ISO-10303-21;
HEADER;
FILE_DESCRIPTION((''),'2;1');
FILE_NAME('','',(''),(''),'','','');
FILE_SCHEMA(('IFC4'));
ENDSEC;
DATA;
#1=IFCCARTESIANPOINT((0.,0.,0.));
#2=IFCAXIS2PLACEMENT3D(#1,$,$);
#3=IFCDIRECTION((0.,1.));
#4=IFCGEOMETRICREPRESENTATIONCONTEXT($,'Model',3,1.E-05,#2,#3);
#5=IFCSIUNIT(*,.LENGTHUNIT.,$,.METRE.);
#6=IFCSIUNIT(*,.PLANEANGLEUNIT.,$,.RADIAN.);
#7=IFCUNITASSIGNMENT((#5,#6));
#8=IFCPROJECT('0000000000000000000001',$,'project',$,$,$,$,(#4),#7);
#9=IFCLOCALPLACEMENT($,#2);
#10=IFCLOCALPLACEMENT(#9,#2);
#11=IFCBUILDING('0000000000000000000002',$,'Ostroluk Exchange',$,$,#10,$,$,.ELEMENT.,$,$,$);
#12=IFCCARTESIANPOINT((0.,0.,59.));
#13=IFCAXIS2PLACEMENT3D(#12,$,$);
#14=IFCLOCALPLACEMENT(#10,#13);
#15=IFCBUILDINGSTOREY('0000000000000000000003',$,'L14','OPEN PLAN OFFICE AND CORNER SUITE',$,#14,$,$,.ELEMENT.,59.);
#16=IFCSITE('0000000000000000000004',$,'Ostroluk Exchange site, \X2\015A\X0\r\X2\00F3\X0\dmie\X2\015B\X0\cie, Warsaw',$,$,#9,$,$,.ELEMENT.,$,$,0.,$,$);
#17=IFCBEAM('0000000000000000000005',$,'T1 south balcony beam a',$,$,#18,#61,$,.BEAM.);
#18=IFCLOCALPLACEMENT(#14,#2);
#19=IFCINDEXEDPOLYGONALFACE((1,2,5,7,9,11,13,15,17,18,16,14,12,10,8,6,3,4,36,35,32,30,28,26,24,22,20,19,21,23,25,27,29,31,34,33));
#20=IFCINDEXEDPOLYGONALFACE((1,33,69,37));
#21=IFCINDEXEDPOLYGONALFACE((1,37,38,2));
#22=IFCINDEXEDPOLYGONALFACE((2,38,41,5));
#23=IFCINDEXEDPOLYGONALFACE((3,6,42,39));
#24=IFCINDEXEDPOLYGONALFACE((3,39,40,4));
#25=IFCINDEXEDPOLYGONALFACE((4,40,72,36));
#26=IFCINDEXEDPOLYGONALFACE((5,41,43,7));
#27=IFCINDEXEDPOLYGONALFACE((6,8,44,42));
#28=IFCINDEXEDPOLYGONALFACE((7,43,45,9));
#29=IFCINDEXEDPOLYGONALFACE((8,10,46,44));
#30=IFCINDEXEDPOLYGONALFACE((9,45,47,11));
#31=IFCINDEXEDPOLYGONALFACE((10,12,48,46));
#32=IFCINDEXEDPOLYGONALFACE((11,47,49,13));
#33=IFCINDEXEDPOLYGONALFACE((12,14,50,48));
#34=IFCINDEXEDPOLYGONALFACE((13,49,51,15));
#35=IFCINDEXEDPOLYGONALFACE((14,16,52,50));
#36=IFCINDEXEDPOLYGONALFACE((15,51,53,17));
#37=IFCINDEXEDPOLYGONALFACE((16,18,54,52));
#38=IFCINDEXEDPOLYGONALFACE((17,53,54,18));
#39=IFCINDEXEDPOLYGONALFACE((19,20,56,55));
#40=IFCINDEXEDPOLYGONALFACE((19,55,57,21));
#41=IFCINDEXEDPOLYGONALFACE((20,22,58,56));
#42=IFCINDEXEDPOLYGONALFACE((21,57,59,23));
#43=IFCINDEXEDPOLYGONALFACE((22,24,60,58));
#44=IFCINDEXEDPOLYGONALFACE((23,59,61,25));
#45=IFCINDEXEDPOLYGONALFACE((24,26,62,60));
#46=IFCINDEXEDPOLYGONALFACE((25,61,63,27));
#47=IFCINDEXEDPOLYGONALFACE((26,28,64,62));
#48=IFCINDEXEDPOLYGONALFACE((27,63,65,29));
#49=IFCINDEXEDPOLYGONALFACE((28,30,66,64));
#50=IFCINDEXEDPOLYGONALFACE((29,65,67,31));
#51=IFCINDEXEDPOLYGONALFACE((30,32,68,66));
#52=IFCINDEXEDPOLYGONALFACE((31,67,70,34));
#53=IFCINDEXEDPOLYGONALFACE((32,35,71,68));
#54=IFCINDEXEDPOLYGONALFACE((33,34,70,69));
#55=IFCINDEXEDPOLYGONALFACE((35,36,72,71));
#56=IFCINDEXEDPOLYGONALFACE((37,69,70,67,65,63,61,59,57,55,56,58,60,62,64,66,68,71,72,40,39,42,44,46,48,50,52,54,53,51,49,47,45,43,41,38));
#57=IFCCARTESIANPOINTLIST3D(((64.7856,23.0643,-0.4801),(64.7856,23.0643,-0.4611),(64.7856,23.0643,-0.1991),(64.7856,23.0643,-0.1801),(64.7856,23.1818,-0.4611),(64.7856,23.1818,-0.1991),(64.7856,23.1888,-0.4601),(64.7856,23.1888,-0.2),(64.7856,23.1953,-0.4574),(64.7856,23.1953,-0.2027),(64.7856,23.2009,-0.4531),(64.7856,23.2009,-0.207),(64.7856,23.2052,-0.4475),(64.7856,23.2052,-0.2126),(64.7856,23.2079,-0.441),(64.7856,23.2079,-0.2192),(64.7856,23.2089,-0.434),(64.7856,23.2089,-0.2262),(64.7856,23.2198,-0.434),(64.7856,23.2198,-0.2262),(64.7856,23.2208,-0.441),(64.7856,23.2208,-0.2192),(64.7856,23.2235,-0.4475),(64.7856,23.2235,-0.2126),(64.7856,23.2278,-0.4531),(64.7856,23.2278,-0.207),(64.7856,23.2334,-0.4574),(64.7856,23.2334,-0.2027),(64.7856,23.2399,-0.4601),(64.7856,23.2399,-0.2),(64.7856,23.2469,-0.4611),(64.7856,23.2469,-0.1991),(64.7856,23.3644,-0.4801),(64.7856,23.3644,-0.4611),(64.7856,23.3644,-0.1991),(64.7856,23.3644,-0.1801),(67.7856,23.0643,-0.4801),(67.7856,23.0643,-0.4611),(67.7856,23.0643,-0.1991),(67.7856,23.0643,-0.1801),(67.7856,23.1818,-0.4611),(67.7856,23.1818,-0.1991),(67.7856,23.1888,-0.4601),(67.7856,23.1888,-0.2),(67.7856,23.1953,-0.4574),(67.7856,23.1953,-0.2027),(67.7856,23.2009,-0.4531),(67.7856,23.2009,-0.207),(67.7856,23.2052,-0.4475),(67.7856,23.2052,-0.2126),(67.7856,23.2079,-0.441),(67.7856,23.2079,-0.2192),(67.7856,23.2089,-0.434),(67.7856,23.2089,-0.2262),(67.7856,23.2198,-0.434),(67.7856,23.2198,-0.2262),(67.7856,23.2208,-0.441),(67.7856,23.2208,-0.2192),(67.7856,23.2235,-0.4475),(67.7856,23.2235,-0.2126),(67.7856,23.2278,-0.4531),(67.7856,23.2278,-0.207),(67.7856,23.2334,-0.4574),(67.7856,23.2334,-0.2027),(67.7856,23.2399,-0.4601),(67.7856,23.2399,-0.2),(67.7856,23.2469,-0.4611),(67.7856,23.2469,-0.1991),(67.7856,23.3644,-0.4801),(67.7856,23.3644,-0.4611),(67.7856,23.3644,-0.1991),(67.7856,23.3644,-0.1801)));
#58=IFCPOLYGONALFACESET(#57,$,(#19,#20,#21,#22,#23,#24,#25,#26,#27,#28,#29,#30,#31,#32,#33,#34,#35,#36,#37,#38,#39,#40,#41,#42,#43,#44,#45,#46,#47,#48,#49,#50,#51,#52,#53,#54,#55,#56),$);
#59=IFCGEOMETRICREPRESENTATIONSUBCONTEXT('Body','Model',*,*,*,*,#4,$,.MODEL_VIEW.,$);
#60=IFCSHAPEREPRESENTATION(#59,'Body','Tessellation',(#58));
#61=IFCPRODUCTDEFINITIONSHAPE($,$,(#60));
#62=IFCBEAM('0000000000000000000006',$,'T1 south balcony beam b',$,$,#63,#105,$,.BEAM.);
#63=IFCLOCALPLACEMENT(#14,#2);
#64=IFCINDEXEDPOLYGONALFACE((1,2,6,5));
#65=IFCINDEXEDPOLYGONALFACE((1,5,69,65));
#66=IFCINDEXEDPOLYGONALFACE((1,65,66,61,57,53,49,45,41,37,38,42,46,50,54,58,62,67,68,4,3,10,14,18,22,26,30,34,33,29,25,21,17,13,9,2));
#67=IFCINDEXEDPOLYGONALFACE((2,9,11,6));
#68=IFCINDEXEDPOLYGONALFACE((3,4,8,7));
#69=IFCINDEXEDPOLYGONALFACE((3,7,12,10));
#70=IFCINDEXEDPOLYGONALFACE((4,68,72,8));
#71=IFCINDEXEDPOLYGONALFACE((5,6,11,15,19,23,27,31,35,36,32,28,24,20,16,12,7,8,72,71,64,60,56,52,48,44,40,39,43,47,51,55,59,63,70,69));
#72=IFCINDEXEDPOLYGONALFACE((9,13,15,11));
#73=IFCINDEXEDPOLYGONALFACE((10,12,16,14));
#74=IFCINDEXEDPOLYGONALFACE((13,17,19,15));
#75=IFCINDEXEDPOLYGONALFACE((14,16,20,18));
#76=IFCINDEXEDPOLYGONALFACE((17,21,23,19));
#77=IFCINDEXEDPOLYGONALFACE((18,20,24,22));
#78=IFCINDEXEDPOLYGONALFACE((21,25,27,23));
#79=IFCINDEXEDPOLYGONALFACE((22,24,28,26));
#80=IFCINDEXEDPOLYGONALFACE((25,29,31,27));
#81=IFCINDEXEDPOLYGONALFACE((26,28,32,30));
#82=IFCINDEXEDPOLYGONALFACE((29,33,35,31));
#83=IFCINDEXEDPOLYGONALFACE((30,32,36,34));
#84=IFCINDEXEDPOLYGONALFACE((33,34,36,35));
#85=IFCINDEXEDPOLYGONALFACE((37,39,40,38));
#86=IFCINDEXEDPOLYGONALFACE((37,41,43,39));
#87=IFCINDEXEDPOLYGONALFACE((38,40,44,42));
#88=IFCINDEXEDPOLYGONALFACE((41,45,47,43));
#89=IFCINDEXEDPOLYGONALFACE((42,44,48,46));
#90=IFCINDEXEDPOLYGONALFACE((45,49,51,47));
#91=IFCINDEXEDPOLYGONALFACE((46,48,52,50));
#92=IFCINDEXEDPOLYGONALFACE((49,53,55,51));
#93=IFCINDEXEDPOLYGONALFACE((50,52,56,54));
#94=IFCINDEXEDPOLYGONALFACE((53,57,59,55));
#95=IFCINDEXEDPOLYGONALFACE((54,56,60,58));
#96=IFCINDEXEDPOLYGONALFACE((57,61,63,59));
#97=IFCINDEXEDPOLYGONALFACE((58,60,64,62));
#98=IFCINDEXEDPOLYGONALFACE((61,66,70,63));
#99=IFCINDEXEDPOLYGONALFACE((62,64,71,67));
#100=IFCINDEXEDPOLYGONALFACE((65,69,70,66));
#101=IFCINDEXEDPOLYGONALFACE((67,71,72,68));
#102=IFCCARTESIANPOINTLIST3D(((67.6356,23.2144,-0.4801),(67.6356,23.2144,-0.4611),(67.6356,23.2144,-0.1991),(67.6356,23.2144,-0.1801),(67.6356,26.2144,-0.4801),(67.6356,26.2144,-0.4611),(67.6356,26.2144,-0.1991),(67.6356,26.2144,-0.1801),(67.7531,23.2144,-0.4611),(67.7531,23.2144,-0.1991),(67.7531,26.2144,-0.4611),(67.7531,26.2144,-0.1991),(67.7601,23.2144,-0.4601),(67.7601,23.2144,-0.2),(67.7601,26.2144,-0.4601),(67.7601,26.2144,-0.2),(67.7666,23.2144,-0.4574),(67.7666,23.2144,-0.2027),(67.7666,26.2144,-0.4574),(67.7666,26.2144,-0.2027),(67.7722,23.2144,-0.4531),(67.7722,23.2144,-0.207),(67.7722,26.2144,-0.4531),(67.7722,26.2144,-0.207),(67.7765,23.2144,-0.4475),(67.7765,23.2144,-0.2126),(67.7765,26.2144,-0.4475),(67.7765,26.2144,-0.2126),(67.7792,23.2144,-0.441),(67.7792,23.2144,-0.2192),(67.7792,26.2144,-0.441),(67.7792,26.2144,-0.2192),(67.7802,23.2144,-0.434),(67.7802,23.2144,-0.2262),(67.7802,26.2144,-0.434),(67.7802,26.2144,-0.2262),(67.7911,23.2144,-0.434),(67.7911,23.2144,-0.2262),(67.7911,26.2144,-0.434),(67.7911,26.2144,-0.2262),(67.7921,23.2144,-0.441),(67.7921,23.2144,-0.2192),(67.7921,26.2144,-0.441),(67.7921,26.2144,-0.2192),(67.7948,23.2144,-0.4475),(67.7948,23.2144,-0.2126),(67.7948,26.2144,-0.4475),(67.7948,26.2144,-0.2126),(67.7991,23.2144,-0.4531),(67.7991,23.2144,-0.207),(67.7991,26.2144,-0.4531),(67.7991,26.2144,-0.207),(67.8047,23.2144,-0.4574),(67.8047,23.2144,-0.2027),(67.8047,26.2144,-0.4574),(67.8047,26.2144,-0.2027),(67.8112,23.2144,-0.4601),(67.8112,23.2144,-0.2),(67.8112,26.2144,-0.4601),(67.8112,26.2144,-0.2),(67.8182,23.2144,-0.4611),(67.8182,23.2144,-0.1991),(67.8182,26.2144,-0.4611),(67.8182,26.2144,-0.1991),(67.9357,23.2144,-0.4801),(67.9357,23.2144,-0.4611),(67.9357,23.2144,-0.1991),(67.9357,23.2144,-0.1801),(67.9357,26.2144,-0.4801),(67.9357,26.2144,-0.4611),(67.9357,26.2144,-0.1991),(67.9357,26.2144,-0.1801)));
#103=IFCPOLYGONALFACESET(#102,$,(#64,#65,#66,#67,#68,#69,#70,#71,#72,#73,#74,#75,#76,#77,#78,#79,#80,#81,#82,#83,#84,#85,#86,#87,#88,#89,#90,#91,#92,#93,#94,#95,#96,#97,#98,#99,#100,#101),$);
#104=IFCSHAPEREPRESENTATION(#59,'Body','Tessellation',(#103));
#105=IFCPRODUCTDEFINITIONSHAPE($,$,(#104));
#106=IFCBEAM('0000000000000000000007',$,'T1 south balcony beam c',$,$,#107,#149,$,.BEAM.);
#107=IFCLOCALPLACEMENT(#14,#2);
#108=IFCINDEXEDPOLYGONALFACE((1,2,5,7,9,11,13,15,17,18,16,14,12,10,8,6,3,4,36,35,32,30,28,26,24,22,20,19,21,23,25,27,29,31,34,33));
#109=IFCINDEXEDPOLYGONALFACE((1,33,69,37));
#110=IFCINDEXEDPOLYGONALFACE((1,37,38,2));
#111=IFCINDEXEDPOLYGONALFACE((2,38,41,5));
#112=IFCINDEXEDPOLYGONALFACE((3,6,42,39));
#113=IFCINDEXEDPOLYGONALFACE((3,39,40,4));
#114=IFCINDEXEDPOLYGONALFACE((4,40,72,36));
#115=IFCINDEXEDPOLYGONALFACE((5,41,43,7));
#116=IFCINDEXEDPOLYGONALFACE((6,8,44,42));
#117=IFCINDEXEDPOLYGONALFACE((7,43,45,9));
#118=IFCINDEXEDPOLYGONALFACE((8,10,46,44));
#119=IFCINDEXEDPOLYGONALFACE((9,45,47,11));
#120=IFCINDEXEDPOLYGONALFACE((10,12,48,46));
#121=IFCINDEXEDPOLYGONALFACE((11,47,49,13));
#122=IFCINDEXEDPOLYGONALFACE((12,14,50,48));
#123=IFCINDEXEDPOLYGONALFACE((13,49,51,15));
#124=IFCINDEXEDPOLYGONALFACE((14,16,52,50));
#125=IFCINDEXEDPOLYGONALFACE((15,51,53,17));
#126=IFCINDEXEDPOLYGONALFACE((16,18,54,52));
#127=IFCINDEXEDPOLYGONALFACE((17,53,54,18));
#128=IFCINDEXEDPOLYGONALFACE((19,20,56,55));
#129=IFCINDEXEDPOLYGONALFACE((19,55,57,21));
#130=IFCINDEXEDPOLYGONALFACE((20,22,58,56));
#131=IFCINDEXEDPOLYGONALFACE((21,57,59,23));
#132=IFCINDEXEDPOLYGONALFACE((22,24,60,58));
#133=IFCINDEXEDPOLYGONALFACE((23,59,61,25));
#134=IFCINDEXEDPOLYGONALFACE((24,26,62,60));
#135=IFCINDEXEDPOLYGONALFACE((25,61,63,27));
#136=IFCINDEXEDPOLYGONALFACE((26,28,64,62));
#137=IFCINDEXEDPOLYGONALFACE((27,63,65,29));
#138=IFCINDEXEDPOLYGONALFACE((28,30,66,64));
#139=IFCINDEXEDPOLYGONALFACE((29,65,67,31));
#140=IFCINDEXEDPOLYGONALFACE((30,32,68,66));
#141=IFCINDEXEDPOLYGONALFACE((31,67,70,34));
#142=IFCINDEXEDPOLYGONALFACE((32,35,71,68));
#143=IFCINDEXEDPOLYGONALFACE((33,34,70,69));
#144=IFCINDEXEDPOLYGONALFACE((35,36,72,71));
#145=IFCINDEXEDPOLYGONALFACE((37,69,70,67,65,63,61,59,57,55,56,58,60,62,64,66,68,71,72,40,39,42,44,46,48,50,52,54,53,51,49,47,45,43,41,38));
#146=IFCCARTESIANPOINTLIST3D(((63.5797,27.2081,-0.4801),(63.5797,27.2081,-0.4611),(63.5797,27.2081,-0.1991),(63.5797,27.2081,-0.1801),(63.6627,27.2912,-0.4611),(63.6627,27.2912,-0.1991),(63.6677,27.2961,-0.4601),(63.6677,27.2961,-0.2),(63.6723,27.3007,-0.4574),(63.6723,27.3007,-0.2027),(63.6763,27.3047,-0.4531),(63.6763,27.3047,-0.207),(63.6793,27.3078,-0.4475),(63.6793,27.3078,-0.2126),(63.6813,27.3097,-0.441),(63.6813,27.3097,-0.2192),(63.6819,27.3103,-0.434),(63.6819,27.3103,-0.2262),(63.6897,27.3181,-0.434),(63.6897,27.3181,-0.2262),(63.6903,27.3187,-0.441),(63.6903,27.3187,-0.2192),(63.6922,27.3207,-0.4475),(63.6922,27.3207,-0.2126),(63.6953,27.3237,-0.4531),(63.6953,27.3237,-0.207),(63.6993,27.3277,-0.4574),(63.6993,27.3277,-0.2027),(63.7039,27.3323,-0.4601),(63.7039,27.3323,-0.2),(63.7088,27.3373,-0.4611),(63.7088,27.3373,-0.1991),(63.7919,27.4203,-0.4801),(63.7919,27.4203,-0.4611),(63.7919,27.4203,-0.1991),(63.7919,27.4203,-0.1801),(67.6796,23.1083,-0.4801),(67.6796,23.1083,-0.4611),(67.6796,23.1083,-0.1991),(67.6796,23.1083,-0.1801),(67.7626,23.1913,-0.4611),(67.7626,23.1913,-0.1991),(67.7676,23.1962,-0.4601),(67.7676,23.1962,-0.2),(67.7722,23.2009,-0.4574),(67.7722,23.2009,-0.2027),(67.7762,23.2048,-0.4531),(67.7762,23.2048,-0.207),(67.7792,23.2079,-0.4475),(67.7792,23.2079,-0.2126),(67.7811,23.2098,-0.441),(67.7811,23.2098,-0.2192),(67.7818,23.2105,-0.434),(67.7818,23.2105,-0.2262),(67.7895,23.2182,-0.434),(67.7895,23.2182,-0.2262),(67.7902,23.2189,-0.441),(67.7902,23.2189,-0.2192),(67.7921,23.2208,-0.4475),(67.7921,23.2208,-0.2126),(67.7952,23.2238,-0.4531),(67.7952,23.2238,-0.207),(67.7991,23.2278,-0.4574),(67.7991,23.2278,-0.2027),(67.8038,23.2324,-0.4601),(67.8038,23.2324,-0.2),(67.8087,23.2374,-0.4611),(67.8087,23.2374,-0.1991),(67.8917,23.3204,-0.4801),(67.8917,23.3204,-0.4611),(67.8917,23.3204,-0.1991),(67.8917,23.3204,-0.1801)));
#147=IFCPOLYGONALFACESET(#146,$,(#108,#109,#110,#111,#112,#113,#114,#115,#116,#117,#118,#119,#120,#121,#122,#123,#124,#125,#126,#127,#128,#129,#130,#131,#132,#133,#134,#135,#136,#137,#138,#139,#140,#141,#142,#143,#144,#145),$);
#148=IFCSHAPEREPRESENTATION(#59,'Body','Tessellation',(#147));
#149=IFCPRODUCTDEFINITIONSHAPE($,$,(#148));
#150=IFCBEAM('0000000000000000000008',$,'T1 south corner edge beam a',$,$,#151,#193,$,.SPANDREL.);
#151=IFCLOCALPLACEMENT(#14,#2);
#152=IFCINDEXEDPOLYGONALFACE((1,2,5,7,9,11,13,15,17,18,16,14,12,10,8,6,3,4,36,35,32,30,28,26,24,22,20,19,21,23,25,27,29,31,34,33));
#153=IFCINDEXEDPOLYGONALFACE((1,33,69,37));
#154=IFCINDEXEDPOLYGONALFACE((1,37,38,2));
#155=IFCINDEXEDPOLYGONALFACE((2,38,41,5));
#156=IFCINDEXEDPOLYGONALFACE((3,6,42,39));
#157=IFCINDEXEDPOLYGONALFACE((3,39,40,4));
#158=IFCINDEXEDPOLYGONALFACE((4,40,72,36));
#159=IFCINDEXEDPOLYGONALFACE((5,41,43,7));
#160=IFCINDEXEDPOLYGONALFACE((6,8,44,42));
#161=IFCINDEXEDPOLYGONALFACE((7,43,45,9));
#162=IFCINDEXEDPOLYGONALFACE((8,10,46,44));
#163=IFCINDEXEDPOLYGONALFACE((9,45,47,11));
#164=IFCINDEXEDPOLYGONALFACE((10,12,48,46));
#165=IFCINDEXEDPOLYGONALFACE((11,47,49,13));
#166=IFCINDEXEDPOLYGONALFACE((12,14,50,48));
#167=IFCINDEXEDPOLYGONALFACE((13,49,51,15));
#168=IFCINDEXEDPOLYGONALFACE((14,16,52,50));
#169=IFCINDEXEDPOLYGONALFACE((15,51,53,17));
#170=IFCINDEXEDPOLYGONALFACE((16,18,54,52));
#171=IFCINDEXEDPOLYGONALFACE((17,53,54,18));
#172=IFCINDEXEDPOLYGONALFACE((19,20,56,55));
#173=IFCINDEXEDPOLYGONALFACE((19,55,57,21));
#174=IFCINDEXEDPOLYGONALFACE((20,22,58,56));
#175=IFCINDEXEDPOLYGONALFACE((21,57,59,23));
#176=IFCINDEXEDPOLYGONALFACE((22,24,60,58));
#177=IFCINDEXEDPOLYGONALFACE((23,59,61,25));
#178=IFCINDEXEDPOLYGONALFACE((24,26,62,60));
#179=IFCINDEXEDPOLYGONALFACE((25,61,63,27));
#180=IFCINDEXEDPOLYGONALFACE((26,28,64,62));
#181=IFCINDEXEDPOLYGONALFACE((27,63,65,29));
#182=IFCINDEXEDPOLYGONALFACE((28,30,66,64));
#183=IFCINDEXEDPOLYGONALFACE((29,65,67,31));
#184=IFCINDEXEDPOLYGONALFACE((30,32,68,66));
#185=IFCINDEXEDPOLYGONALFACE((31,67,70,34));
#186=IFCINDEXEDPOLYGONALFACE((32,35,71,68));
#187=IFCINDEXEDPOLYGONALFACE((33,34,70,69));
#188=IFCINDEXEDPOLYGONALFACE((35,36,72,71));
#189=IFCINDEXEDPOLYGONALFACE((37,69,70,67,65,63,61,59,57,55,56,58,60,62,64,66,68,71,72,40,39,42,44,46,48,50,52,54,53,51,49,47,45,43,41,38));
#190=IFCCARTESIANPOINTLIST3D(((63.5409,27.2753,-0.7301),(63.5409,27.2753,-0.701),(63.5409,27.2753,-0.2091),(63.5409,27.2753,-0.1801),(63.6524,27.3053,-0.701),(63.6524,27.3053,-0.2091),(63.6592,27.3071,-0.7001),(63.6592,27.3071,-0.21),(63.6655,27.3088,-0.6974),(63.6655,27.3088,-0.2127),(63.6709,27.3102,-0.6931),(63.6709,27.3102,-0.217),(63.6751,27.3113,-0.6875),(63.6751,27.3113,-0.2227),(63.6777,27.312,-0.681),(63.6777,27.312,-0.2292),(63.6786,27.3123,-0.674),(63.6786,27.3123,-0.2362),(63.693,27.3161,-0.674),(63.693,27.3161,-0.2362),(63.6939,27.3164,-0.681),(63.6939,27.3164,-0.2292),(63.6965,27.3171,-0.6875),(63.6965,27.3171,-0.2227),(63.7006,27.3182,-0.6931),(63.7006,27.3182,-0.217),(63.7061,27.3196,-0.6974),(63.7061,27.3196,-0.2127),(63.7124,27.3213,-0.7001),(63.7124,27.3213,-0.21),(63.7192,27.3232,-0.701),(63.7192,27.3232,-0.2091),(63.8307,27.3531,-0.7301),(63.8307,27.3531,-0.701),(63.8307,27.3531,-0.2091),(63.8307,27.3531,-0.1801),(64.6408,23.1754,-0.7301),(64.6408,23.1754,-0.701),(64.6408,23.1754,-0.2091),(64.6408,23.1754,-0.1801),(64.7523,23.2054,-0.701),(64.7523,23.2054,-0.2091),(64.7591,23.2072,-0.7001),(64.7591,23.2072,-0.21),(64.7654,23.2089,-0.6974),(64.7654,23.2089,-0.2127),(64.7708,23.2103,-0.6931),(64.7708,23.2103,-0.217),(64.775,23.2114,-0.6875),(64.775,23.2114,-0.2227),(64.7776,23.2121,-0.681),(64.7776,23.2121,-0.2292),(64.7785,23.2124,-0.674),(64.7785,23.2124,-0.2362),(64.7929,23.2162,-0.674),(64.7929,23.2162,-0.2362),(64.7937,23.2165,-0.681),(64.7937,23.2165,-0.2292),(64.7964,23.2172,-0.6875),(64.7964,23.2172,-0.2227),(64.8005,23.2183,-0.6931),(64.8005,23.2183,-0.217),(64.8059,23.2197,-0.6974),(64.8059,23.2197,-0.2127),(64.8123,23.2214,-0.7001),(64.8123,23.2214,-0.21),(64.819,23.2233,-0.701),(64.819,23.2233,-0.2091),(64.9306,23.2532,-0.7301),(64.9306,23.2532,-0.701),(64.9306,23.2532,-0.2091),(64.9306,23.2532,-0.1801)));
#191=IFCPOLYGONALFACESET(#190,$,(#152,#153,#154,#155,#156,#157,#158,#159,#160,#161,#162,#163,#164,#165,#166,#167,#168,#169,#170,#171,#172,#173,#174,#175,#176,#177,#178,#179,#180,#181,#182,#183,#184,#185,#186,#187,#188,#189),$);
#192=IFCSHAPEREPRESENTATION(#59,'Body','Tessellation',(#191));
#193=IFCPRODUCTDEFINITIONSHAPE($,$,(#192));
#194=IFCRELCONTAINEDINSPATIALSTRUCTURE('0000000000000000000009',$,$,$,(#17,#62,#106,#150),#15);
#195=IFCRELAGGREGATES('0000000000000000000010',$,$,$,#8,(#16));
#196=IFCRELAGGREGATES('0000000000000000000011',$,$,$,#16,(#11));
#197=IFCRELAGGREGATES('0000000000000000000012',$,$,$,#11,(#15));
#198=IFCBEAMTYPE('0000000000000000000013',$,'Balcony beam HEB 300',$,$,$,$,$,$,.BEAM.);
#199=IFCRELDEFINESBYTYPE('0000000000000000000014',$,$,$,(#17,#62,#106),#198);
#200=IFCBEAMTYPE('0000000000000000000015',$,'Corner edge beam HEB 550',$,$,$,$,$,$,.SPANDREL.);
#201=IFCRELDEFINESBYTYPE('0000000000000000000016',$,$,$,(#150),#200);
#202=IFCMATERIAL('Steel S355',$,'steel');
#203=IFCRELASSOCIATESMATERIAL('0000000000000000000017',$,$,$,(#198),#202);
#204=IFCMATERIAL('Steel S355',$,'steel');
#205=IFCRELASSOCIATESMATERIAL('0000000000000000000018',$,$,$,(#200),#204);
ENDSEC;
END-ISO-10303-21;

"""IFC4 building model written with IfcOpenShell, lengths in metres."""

from ifc_helpers import new_model, si_unit, direction, frame, origin, origin_2d, place, context, subcontext, project, spatial, i_section, extrude, material, material_profile, profile_set, type_object, element, save


model = new_model("IFC4")

# Units and contexts
model_context = context("Model", 3, precision=1e-05, world=origin(), true_north=direction((0.0, 1.0)))
body_context = subcontext(model_context, "Body", "Model", "MODEL_VIEW")
ifc_project = project(units=[si_unit("LENGTHUNIT", "METRE"), si_unit("PLANEANGLEUNIT", "RADIAN")], contexts=[model_context])

# Site, building, storey
site_placement = place(None, origin())
site = spatial("IfcSite", under=ifc_project, at=site_placement, Name="Ostroluk Exchange site, Śródmieście, Warsaw", CompositionType="ELEMENT", RefElevation=0.0)
building_placement = place(site_placement, origin())
building = spatial("IfcBuilding", under=site, at=building_placement, Name="Ostroluk Exchange", CompositionType="ELEMENT")
storey_placement = place(building_placement, frame((0.0, 0.0, 59.0)))
storey = spatial("IfcBuildingStorey", under=building, at=storey_placement, Name="L14", Description="OPEN PLAN OFFICE AND CORNER SUITE", CompositionType="ELEMENT", Elevation=59.0)

# Beams
ifc_material_1 = material(Name="Steel S355", Category="steel")
ifc_material_profile_1 = material_profile(ifc_material_1, i_section(OverallWidth=0.3, OverallDepth=0.3, WebThickness=0.011, FlangeThickness=0.019, FilletRadius=0.0271, at=origin_2d()), Name="HEB 300")
ifc_profile_set_1 = profile_set([ifc_material_profile_1], Name="Steel S355")
beam_type_1 = type_object("IfcBeamType", Name="Balcony beam HEB 300", PredefinedType="BEAM", material=ifc_profile_set_1)
for number, where, z_axis, x_axis, name in (
    (1, (64.7856, 23.2144, -0.3301), (1.0, 0.0, 0.0), (0.0, 1.0, 0.0), "T1 south balcony beam a"),
    (2, (67.7856, 26.2144, -0.3301), (0.0, -1.0, 0.0), (1.0, 0.0, 0.0), "T1 south balcony beam b"),
):
    element("IfcBeam", number, at=place(storey_placement, frame(where, z_axis=z_axis, x_axis=x_axis)), inside=storey, type_object=beam_type_1, Name=name, PredefinedType="BEAM", context=body_context, shape_type="SweptSolid", body=[
        extrude(i_section(OverallWidth=0.3, OverallDepth=0.3, WebThickness=0.011, FlangeThickness=0.019, FilletRadius=0.0271, at=origin_2d()), origin(), (0.0, 0.0, 1.0), 3.0),
    ])
beam_placement = place(storey_placement, frame((63.6858, 27.3142, -0.3301), z_axis=(0.707107, -0.707107, 0.0), x_axis=(0.707107, 0.707107, 0.0)))
element("IfcBeam", 3, at=beam_placement, inside=storey, type_object=beam_type_1, Name="T1 south balcony beam c", PredefinedType="BEAM", context=body_context, shape_type="SweptSolid", body=[
    extrude(i_section(OverallWidth=0.3, OverallDepth=0.3, WebThickness=0.011, FlangeThickness=0.019, FilletRadius=0.0271, at=origin_2d()), origin(), (0.0, 0.0, 1.0), 5.7981),
])
ifc_material_2 = material(Name="Steel S355", Category="steel")
ifc_material_profile_2 = material_profile(ifc_material_2, i_section(OverallWidth=0.3, OverallDepth=0.55, WebThickness=0.0149, FlangeThickness=0.0291, FilletRadius=0.0271, at=origin_2d()), Name="HEB 550")
ifc_profile_set_2 = profile_set([ifc_material_profile_2], Name="Steel S355")
beam_type_2 = type_object("IfcBeamType", Name="Corner edge beam HEB 550", PredefinedType="SPANDREL", material=ifc_profile_set_2)
for number, where, z_axis, x_axis, name in (
    (4, (63.6858, 27.3142, -0.4551), (0.259105, -0.965849, 0.0), (0.965849, 0.259105, 0.0), "T1 south corner edge beam a"),
):
    element("IfcBeam", number, at=place(storey_placement, frame(where, z_axis=z_axis, x_axis=x_axis)), inside=storey, type_object=beam_type_2, Name=name, PredefinedType="SPANDREL", context=body_context, shape_type="SweptSolid", body=[
        extrude(i_section(OverallWidth=0.3, OverallDepth=0.55, WebThickness=0.0149, FlangeThickness=0.0291, FilletRadius=0.0271, at=origin_2d()), origin(), (0.0, 0.0, 1.0), 4.2449),
    ])

save(model, "model.ifc")
